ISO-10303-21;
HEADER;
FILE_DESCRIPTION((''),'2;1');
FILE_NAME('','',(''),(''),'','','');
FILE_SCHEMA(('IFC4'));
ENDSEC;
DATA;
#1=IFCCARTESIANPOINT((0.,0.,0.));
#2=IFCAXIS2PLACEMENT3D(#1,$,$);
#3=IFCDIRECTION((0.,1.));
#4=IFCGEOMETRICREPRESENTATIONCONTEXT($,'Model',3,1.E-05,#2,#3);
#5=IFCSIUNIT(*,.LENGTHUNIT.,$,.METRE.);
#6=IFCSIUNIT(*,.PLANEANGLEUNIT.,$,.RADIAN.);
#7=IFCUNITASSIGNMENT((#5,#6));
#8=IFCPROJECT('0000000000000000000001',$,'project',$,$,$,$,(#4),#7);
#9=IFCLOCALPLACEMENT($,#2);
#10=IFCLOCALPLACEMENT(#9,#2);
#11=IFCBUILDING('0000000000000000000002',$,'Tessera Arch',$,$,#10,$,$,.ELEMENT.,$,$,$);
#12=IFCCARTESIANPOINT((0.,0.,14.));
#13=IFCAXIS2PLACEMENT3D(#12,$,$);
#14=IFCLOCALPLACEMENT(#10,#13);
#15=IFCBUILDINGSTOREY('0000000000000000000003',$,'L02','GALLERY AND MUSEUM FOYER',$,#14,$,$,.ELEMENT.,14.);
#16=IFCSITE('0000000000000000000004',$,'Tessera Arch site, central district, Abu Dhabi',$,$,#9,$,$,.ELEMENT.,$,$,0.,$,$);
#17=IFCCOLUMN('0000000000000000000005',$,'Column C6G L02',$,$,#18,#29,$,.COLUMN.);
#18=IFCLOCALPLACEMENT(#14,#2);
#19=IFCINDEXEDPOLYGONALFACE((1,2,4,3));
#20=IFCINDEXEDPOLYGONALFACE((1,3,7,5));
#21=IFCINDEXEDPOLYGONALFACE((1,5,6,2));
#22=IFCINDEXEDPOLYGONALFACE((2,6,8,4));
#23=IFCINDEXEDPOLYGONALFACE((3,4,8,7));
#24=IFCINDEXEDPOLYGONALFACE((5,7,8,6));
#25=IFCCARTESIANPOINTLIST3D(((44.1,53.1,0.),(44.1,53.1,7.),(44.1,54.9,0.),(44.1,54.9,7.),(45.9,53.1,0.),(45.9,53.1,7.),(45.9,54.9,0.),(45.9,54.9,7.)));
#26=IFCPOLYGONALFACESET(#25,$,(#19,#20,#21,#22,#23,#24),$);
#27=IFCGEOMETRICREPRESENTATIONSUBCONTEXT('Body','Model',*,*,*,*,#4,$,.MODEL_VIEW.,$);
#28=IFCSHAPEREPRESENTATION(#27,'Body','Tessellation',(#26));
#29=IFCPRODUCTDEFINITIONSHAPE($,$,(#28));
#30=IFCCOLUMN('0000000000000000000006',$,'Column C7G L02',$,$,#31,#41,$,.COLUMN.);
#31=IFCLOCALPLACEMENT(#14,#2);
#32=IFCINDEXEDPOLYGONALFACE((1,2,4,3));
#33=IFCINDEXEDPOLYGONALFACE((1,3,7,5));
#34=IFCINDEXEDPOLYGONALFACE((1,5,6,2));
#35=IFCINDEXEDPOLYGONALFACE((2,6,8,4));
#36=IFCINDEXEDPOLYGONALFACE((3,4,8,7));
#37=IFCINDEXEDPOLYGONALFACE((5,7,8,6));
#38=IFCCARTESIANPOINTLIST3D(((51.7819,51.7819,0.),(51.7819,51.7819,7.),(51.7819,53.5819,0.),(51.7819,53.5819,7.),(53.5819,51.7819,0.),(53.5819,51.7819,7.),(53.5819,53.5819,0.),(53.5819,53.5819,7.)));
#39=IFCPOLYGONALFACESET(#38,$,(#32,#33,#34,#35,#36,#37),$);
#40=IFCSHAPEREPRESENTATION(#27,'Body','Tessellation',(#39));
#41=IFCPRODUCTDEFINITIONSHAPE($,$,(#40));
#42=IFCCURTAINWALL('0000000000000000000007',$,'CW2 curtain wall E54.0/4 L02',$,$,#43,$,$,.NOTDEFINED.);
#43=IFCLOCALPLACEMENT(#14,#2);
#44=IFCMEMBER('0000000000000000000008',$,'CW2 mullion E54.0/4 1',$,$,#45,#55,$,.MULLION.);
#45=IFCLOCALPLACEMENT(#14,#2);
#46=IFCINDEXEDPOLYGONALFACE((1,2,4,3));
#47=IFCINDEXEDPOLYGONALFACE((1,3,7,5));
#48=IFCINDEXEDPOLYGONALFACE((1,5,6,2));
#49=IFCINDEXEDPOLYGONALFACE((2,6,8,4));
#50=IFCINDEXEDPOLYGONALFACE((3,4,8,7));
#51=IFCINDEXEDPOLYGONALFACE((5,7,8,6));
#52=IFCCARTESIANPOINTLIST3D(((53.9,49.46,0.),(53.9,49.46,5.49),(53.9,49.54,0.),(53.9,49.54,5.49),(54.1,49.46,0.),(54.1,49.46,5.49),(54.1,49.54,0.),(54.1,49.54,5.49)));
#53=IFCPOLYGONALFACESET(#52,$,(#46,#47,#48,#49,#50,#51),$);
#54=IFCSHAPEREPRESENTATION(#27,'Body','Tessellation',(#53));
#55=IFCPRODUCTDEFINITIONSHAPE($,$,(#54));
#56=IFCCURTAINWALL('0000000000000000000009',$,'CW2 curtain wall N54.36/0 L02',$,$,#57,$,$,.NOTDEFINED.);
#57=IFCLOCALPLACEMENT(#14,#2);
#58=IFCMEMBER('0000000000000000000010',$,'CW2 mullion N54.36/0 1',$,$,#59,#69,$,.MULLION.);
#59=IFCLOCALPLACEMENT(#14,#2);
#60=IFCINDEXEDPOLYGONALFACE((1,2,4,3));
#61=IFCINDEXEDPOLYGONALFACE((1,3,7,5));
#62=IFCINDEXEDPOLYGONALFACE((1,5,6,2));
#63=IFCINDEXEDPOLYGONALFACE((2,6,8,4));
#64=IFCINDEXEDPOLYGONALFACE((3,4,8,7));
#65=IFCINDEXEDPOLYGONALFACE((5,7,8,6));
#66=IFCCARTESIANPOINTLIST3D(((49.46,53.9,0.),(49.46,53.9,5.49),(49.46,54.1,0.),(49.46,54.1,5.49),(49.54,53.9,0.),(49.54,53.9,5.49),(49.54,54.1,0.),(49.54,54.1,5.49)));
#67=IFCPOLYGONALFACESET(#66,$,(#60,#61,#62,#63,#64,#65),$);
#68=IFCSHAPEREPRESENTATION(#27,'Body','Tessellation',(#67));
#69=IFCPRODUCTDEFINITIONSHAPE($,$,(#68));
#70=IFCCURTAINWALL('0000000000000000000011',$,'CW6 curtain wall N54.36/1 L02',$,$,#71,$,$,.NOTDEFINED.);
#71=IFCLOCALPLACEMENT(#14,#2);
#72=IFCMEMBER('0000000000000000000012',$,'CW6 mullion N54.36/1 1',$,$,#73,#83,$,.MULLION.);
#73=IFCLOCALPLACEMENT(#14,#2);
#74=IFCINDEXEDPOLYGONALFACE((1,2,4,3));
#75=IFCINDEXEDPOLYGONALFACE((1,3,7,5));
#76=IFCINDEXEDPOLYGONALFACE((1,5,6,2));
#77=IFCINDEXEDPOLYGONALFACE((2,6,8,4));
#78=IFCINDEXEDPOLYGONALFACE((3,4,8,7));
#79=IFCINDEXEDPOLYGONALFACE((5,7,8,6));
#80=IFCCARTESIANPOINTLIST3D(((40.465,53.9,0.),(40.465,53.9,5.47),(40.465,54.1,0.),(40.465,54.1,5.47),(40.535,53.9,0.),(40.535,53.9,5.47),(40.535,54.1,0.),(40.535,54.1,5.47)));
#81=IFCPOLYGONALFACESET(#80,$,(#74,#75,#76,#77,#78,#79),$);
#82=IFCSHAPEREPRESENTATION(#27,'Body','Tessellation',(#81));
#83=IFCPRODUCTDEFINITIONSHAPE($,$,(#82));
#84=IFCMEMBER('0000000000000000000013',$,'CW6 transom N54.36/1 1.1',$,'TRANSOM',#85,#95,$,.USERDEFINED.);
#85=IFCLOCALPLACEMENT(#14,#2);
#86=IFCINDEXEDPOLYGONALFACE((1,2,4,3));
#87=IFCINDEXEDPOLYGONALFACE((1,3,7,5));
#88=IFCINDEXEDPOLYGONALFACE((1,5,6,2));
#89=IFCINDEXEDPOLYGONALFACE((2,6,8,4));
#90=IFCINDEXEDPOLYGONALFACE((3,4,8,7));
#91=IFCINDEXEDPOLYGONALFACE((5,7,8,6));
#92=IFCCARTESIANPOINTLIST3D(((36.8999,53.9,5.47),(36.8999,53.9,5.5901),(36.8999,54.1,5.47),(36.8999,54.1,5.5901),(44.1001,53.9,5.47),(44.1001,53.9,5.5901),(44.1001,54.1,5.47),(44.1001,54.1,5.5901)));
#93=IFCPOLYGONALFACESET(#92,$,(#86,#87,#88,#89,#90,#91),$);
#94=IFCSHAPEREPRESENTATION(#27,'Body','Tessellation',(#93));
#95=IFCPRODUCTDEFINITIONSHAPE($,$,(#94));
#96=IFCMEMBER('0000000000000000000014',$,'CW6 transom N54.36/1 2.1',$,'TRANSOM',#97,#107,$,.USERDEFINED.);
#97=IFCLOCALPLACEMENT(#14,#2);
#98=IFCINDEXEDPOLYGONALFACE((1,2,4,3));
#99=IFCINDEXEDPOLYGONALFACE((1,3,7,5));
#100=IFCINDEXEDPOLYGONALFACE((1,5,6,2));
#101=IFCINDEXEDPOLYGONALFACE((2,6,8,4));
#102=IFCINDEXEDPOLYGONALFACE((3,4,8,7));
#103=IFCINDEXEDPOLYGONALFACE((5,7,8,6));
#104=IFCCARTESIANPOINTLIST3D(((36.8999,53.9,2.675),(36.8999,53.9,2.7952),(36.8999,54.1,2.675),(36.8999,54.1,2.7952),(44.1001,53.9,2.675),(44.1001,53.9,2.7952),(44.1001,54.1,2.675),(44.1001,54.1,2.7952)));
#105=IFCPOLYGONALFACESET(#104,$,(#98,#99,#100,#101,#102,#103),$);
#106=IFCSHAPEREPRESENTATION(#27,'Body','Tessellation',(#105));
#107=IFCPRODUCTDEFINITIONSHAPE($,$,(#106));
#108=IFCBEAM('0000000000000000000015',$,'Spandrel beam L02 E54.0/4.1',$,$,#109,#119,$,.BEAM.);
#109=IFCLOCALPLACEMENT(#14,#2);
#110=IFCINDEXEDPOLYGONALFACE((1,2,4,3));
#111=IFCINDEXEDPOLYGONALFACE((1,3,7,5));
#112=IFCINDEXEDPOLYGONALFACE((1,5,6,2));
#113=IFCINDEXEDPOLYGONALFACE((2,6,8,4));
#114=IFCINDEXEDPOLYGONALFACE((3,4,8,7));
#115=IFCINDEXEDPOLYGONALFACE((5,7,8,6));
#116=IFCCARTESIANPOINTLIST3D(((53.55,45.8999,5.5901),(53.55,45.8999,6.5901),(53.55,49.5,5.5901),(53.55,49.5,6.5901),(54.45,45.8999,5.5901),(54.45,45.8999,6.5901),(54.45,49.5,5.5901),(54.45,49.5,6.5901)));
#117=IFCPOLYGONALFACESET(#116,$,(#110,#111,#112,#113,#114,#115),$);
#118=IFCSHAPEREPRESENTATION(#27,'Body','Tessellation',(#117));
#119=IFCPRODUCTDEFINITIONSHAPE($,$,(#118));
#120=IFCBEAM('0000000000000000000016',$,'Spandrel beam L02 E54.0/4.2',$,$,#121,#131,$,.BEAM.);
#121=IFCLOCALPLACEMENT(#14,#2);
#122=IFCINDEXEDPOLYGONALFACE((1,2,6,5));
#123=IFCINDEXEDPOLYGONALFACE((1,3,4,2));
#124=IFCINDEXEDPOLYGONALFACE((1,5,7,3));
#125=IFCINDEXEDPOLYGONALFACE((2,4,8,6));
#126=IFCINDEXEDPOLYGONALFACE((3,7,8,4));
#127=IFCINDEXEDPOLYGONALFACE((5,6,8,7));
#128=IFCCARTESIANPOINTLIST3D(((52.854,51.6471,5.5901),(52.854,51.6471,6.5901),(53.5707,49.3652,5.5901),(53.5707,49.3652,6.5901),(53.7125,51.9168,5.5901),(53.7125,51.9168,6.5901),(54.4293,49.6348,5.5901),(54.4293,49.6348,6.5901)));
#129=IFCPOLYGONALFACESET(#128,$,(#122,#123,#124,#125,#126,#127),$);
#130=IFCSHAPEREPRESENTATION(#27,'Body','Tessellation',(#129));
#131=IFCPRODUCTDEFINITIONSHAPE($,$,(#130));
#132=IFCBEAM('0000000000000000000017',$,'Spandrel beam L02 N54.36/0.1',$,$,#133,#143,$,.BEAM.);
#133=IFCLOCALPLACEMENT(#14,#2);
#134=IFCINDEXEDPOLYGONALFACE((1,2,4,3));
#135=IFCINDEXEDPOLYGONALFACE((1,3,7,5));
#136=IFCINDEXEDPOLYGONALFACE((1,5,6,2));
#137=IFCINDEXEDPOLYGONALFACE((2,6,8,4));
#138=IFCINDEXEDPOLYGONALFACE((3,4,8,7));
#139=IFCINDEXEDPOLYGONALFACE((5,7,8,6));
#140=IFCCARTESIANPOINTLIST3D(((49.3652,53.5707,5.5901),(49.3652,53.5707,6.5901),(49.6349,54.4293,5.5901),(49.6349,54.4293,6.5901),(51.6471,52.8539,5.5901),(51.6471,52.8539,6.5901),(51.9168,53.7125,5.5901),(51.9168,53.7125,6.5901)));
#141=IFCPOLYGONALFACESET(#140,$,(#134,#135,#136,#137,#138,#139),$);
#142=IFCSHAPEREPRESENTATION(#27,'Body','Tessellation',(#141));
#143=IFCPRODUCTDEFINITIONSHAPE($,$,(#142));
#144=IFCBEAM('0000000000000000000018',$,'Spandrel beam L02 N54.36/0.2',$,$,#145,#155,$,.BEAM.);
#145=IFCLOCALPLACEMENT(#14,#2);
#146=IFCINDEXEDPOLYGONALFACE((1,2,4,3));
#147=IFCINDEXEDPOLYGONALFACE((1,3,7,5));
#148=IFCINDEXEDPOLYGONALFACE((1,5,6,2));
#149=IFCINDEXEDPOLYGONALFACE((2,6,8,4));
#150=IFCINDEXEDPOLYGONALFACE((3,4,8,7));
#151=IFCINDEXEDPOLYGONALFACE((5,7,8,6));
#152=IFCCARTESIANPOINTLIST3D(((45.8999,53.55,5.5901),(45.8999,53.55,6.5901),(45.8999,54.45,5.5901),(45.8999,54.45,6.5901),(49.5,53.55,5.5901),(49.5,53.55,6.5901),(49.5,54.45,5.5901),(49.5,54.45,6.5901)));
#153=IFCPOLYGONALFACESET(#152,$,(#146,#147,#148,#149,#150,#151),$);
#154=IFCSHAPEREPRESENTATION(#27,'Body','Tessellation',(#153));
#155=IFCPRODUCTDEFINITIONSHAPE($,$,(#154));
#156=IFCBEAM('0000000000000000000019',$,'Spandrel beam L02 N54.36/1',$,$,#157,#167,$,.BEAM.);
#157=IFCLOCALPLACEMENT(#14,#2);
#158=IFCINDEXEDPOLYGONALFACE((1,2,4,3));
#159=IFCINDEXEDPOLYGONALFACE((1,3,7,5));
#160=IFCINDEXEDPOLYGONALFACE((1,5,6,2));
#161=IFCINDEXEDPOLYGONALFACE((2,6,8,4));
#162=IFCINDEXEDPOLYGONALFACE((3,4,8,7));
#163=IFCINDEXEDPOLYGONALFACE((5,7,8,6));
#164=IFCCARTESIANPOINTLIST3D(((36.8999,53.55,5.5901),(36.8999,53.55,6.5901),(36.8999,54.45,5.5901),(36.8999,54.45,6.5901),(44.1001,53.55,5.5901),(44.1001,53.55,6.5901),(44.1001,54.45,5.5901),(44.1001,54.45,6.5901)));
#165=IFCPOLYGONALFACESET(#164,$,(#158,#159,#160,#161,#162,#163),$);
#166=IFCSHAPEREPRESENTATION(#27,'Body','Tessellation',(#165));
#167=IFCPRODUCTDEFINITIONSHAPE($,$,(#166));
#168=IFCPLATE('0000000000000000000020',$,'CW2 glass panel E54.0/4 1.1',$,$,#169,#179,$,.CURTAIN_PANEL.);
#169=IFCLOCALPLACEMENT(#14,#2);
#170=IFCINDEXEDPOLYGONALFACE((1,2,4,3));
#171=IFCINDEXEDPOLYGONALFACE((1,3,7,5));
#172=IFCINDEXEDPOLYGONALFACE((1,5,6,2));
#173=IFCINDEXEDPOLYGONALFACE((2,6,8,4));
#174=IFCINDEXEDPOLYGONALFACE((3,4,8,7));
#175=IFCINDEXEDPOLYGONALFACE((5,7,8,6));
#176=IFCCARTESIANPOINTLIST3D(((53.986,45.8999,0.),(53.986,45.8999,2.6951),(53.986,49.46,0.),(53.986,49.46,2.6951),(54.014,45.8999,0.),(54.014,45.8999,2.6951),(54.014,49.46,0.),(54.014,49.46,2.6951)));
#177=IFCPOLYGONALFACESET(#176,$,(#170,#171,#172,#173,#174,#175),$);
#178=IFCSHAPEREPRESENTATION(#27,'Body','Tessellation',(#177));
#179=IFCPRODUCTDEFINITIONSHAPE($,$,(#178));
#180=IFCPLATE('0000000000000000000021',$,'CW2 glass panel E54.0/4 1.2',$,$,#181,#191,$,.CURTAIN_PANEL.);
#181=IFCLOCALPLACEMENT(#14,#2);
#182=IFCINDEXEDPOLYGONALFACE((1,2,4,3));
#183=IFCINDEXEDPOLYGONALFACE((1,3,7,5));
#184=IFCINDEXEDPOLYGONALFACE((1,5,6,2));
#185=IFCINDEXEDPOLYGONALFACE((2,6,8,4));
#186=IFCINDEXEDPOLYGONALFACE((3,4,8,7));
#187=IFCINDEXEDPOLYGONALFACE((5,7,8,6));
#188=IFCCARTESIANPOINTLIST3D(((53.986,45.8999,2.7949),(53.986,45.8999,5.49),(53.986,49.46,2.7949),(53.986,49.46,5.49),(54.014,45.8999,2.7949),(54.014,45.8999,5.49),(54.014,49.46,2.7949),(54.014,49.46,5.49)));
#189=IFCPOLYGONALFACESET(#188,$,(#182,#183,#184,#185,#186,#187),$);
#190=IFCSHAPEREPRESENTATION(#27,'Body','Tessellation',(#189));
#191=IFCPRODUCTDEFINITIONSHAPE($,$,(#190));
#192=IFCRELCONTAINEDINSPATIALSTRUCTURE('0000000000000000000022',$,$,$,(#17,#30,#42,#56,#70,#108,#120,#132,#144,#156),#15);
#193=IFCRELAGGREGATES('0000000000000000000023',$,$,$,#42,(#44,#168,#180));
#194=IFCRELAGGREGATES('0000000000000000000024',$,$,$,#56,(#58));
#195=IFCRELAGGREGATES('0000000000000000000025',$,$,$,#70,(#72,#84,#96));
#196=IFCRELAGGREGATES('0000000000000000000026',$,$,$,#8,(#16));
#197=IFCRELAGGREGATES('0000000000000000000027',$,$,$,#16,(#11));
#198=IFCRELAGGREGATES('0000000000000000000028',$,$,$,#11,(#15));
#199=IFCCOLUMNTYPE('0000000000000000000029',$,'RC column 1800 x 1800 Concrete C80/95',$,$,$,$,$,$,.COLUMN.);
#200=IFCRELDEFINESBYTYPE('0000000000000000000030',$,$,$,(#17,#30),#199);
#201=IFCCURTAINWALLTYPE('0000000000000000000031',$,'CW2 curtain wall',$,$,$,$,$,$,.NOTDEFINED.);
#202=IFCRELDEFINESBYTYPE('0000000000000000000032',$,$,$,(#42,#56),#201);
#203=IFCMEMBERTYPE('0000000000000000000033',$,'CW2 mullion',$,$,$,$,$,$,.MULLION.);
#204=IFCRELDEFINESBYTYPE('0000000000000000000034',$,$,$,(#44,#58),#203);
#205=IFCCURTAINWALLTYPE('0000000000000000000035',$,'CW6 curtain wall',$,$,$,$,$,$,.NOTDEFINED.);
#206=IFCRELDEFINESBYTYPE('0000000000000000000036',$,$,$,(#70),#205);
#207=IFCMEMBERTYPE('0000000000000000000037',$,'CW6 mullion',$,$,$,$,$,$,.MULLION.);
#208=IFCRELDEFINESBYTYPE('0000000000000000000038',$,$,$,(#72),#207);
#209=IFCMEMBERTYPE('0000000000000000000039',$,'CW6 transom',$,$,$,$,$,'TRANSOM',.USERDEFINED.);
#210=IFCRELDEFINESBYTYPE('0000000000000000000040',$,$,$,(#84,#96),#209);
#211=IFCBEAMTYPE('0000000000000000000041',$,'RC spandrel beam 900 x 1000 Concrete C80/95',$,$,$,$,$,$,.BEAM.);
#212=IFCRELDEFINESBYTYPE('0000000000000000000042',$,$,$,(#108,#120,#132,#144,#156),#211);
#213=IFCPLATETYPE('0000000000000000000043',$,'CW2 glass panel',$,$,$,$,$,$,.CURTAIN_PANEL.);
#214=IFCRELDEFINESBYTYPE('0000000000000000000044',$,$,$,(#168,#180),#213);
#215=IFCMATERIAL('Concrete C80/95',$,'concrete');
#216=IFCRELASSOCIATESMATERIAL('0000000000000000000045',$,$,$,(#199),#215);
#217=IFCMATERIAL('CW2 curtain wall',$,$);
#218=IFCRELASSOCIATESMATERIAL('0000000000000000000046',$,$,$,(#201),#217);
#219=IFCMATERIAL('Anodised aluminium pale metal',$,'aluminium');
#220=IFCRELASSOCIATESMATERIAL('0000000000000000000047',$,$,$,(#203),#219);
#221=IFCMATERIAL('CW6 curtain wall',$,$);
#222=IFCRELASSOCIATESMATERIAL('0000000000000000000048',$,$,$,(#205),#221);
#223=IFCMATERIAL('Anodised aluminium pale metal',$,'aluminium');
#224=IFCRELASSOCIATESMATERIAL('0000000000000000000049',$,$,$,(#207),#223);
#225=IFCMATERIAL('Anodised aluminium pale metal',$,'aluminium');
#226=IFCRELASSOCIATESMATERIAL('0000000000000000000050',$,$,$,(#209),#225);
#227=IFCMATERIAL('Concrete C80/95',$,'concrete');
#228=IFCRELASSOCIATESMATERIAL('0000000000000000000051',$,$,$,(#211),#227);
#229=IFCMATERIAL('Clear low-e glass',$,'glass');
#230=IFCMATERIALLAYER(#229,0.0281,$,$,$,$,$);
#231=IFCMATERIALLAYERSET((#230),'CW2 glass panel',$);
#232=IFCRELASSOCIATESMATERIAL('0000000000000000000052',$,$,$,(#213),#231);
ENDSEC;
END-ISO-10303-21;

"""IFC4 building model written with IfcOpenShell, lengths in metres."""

from ifc_helpers import new_model, si_unit, direction, frame, origin, origin_2d, place, context, subcontext, project, spatial, rectangle, extrude, material, layer, layer_set, material_profile, profile_set, type_object, element, aggregate, save


model = new_model("IFC4")

# Units and contexts
model_context = context("Model", 3, precision=1e-05, world=origin(), true_north=direction((0.0, 1.0)))
body_context = subcontext(model_context, "Body", "Model", "MODEL_VIEW")
ifc_project = project(units=[si_unit("LENGTHUNIT", "METRE"), si_unit("PLANEANGLEUNIT", "RADIAN")], contexts=[model_context])

# Site, building, storey
site_placement = place(None, origin())
site = spatial("IfcSite", under=ifc_project, at=site_placement, Name="Tessera Arch site, central district, Abu Dhabi", CompositionType="ELEMENT", RefElevation=0.0)
building_placement = place(site_placement, origin())
building = spatial("IfcBuilding", under=site, at=building_placement, Name="Tessera Arch", CompositionType="ELEMENT")
storey_placement = place(building_placement, frame((0.0, 0.0, 14.0)))
storey = spatial("IfcBuildingStorey", under=building, at=storey_placement, Name="L02", Description="GALLERY AND MUSEUM FOYER", CompositionType="ELEMENT", Elevation=14.0)

# Columns
ifc_material_1 = material(Name="Concrete C80/95", Category="concrete")
ifc_material_profile_1 = material_profile(ifc_material_1, rectangle(XDim=1.8, YDim=1.8, at=origin_2d()), Name="RC column 1800 x 1800 Concrete C80/95")
ifc_profile_set_1 = profile_set([ifc_material_profile_1], Name="Concrete C80/95")
column_type = type_object("IfcColumnType", Name="RC column 1800 x 1800 Concrete C80/95", PredefinedType="COLUMN", material=ifc_profile_set_1)
for number, where, z_axis, x_axis, name in (
    (1, (45.0, 54.0, 0.0), (0.0, 0.0, 1.0), (1.0, 0.0, 0.0), "Column C6G L02"),
    (2, (52.6819, 52.6819, 0.0), (0.0, 0.0, 1.0), (1.0, 0.0, 0.0), "Column C7G L02"),
):
    element("IfcColumn", number, at=place(storey_placement, frame(where, z_axis=z_axis, x_axis=x_axis)), inside=storey, type_object=column_type, Name=name, PredefinedType="COLUMN", context=body_context, shape_type="SweptSolid", body=[
        extrude(rectangle(XDim=1.8, YDim=1.8, at=origin_2d()), origin(), (0.0, 0.0, 1.0), 7.0),
    ])

# Curtain walls, members
ifc_material_2 = material(Name="CW2 curtain wall")
curtain_wall_type_1 = type_object("IfcCurtainWallType", Name="CW2 curtain wall", PredefinedType="NOTDEFINED", material=ifc_material_2)
curtain_wall_1_placement = place(storey_placement, origin())
curtain_wall_1 = element("IfcCurtainWall", 3, at=curtain_wall_1_placement, inside=storey, type_object=curtain_wall_type_1, Name="CW2 curtain wall E54.0/4 L02", PredefinedType="NOTDEFINED")
ifc_material_3 = material(Name="Anodised aluminium pale metal", Category="aluminium")
ifc_material_profile_2 = material_profile(ifc_material_3, rectangle(XDim=0.2, YDim=0.0801, at=origin_2d()), Name="AL 80x200")
ifc_profile_set_2 = profile_set([ifc_material_profile_2], Name="Anodised aluminium pale metal")
member_type_1 = type_object("IfcMemberType", Name="CW2 mullion", PredefinedType="MULLION", material=ifc_profile_set_2)
member_1_placement = place(storey_placement, frame((54.0, 49.5, 0.0), z_axis=(0.0, 0.0, 1.0), x_axis=(-1.0, 0.0, 0.0)))
member_1 = element("IfcMember", 4, at=member_1_placement, type_object=member_type_1, Name="CW2 mullion E54.0/4 1", PredefinedType="MULLION", context=body_context, shape_type="SweptSolid", body=[
    extrude(rectangle(XDim=0.2, YDim=0.0801, at=origin_2d()), origin(), (0.0, 0.0, 1.0), 5.49),
])
curtain_wall_2_placement = place(storey_placement, origin())
curtain_wall_2 = element("IfcCurtainWall", 5, at=curtain_wall_2_placement, inside=storey, type_object=curtain_wall_type_1, Name="CW2 curtain wall N54.36/0 L02", PredefinedType="NOTDEFINED")
member_2_placement = place(storey_placement, frame((49.5, 54.0, 0.0), z_axis=(0.0, 0.0, 1.0), x_axis=(0.0, -1.0, 0.0)))
member_2 = element("IfcMember", 6, at=member_2_placement, type_object=member_type_1, Name="CW2 mullion N54.36/0 1", PredefinedType="MULLION", context=body_context, shape_type="SweptSolid", body=[
    extrude(rectangle(XDim=0.2, YDim=0.0801, at=origin_2d()), origin(), (0.0, 0.0, 1.0), 5.49),
])

# Curtain wall, members
ifc_material_4 = material(Name="CW6 curtain wall")
curtain_wall_type_2 = type_object("IfcCurtainWallType", Name="CW6 curtain wall", PredefinedType="NOTDEFINED", material=ifc_material_4)
curtain_wall_3_placement = place(storey_placement, origin())
curtain_wall_3 = element("IfcCurtainWall", 7, at=curtain_wall_3_placement, inside=storey, type_object=curtain_wall_type_2, Name="CW6 curtain wall N54.36/1 L02", PredefinedType="NOTDEFINED")
ifc_material_5 = material(Name="Anodised aluminium pale metal", Category="aluminium")
ifc_material_profile_3 = material_profile(ifc_material_5, rectangle(XDim=0.2, YDim=0.0701, at=origin_2d()), Name="AL 70x200")
ifc_profile_set_3 = profile_set([ifc_material_profile_3], Name="Anodised aluminium pale metal")
member_type_2 = type_object("IfcMemberType", Name="CW6 mullion", PredefinedType="MULLION", material=ifc_profile_set_3)
member_3_placement = place(storey_placement, frame((40.5, 54.0, 0.0), z_axis=(0.0, 0.0, 1.0), x_axis=(0.0, -1.0, 0.0)))
member_3 = element("IfcMember", 8, at=member_3_placement, type_object=member_type_2, Name="CW6 mullion N54.36/1 1", PredefinedType="MULLION", context=body_context, shape_type="SweptSolid", body=[
    extrude(rectangle(XDim=0.2, YDim=0.0701, at=origin_2d()), origin(), (0.0, 0.0, 1.0), 5.47),
])
ifc_material_6 = material(Name="Anodised aluminium pale metal", Category="aluminium")
ifc_material_profile_4 = material_profile(ifc_material_6, rectangle(XDim=0.2, YDim=0.1201, at=origin_2d()), Name="AL 200x120")
ifc_profile_set_4 = profile_set([ifc_material_profile_4], Name="Anodised aluminium pale metal")
member_type_3 = type_object("IfcMemberType", Name="CW6 transom", ElementType="TRANSOM", PredefinedType="USERDEFINED", material=ifc_profile_set_4)
member_4_placement = place(storey_placement, frame((44.1001, 54.0, 5.53), z_axis=(-1.0, 0.0, 0.0), x_axis=(0.0, -1.0, 0.0)))
member_4 = element("IfcMember", 9, at=member_4_placement, type_object=member_type_3, Name="CW6 transom N54.36/1 1.1", ObjectType="TRANSOM", PredefinedType="USERDEFINED", context=body_context, shape_type="SweptSolid", body=[
    extrude(rectangle(XDim=0.2, YDim=0.1201, at=origin_2d()), origin(), (0.0, 0.0, 1.0), 7.2002),
])
member_5_placement = place(storey_placement, frame((44.1001, 54.0, 2.7351), z_axis=(-1.0, 0.0, 0.0), x_axis=(0.0, -1.0, 0.0)))
member_5 = element("IfcMember", 10, at=member_5_placement, type_object=member_type_3, Name="CW6 transom N54.36/1 2.1", ObjectType="TRANSOM", PredefinedType="USERDEFINED", context=body_context, shape_type="SweptSolid", body=[
    extrude(rectangle(XDim=0.2, YDim=0.1201, at=origin_2d()), origin(), (0.0, 0.0, 1.0), 7.2002),
])

# Beams
ifc_material_7 = material(Name="Concrete C80/95", Category="concrete")
ifc_material_profile_5 = material_profile(ifc_material_7, rectangle(XDim=0.8999, YDim=1.0, at=origin_2d()), Name="RC spandrel beam 900 x 1000 Concrete C80/95")
ifc_profile_set_5 = profile_set([ifc_material_profile_5], Name="Concrete C80/95")
beam_type = type_object("IfcBeamType", Name="RC spandrel beam 900 x 1000 Concrete C80/95", PredefinedType="BEAM", material=ifc_profile_set_5)
beam_1_placement = place(storey_placement, frame((54.0, 45.8999, 6.0901), z_axis=(0.0, 1.0, 0.0), x_axis=(-1.0, 0.0, 0.0)))
element("IfcBeam", 11, at=beam_1_placement, inside=storey, type_object=beam_type, Name="Spandrel beam L02 E54.0/4.1", PredefinedType="BEAM", context=body_context, shape_type="SweptSolid", body=[
    extrude(rectangle(XDim=0.8999, YDim=1.0, at=origin_2d()), origin(), (0.0, 0.0, 1.0), 3.6001),
])
for number, where, z_axis, x_axis, name in (
    (12, (54.0, 49.5, 6.0901), (-0.299675, 0.954041, 0.0), (-0.954041, -0.299675, 0.0), "Spandrel beam L02 E54.0/4.2"),
    (13, (51.782, 53.2832, 6.0901), (-0.954041, 0.299675, 0.0), (-0.299675, -0.954041, 0.0), "Spandrel beam L02 N54.36/0.1"),
):
    element("IfcBeam", number, at=place(storey_placement, frame(where, z_axis=z_axis, x_axis=x_axis)), inside=storey, type_object=beam_type, Name=name, PredefinedType="BEAM", context=body_context, shape_type="SweptSolid", body=[
        extrude(rectangle(XDim=0.8999, YDim=1.0, at=origin_2d()), origin(), (0.0, 0.0, 1.0), 2.3918),
    ])
beam_2_placement = place(storey_placement, frame((49.5, 54.0, 6.0901), z_axis=(-1.0, 0.0, 0.0), x_axis=(0.0, -1.0, 0.0)))
element("IfcBeam", 14, at=beam_2_placement, inside=storey, type_object=beam_type, Name="Spandrel beam L02 N54.36/0.2", PredefinedType="BEAM", context=body_context, shape_type="SweptSolid", body=[
    extrude(rectangle(XDim=0.8999, YDim=1.0, at=origin_2d()), origin(), (0.0, 0.0, 1.0), 3.6001),
])
beam_3_placement = place(storey_placement, frame((44.1001, 54.0, 6.0901), z_axis=(-1.0, 0.0, 0.0), x_axis=(0.0, -1.0, 0.0)))
element("IfcBeam", 15, at=beam_3_placement, inside=storey, type_object=beam_type, Name="Spandrel beam L02 N54.36/1", PredefinedType="BEAM", context=body_context, shape_type="SweptSolid", body=[
    extrude(rectangle(XDim=0.8999, YDim=1.0, at=origin_2d()), origin(), (0.0, 0.0, 1.0), 7.2002),
])

# Plates
ifc_material_8 = material(Name="Clear low-e glass", Category="glass")
ifc_layer_1 = layer(ifc_material_8, 0.0281)
ifc_layer_set_1 = layer_set([ifc_layer_1], Name="CW2 glass panel")
plate_type_1 = type_object("IfcPlateType", Name="CW2 glass panel", PredefinedType="CURTAIN_PANEL", material=ifc_layer_set_1)
plate_1_placement = place(storey_placement, frame((54.0, 47.6799, 0.0), z_axis=(0.0, 0.0, 1.0), x_axis=(0.0, 1.0, 0.0)))
plate_1 = element("IfcPlate", 16, at=plate_1_placement, type_object=plate_type_1, Name="CW2 glass panel E54.0/4 1.1", PredefinedType="CURTAIN_PANEL", context=body_context, shape_type="SweptSolid", body=[
    extrude(rectangle(XDim=3.5601, YDim=0.0281, at=origin_2d()), origin(), (0.0, 0.0, 1.0), 2.6951),
])
plate_2_placement = place(storey_placement, frame((54.0, 47.6799, 2.7949), z_axis=(0.0, 0.0, 1.0), x_axis=(0.0, 1.0, 0.0)))
plate_2 = element("IfcPlate", 17, at=plate_2_placement, type_object=plate_type_1, Name="CW2 glass panel E54.0/4 1.2", PredefinedType="CURTAIN_PANEL", context=body_context, shape_type="SweptSolid", body=[
    extrude(rectangle(XDim=3.5601, YDim=0.0281, at=origin_2d()), origin(), (0.0, 0.0, 1.0), 2.6951),
])
aggregate(curtain_wall_1, [member_1, plate_1, plate_2])
aggregate(curtain_wall_2, [member_2])
aggregate(curtain_wall_3, [member_3, member_4, member_5])

save(model, "model.ifc")
